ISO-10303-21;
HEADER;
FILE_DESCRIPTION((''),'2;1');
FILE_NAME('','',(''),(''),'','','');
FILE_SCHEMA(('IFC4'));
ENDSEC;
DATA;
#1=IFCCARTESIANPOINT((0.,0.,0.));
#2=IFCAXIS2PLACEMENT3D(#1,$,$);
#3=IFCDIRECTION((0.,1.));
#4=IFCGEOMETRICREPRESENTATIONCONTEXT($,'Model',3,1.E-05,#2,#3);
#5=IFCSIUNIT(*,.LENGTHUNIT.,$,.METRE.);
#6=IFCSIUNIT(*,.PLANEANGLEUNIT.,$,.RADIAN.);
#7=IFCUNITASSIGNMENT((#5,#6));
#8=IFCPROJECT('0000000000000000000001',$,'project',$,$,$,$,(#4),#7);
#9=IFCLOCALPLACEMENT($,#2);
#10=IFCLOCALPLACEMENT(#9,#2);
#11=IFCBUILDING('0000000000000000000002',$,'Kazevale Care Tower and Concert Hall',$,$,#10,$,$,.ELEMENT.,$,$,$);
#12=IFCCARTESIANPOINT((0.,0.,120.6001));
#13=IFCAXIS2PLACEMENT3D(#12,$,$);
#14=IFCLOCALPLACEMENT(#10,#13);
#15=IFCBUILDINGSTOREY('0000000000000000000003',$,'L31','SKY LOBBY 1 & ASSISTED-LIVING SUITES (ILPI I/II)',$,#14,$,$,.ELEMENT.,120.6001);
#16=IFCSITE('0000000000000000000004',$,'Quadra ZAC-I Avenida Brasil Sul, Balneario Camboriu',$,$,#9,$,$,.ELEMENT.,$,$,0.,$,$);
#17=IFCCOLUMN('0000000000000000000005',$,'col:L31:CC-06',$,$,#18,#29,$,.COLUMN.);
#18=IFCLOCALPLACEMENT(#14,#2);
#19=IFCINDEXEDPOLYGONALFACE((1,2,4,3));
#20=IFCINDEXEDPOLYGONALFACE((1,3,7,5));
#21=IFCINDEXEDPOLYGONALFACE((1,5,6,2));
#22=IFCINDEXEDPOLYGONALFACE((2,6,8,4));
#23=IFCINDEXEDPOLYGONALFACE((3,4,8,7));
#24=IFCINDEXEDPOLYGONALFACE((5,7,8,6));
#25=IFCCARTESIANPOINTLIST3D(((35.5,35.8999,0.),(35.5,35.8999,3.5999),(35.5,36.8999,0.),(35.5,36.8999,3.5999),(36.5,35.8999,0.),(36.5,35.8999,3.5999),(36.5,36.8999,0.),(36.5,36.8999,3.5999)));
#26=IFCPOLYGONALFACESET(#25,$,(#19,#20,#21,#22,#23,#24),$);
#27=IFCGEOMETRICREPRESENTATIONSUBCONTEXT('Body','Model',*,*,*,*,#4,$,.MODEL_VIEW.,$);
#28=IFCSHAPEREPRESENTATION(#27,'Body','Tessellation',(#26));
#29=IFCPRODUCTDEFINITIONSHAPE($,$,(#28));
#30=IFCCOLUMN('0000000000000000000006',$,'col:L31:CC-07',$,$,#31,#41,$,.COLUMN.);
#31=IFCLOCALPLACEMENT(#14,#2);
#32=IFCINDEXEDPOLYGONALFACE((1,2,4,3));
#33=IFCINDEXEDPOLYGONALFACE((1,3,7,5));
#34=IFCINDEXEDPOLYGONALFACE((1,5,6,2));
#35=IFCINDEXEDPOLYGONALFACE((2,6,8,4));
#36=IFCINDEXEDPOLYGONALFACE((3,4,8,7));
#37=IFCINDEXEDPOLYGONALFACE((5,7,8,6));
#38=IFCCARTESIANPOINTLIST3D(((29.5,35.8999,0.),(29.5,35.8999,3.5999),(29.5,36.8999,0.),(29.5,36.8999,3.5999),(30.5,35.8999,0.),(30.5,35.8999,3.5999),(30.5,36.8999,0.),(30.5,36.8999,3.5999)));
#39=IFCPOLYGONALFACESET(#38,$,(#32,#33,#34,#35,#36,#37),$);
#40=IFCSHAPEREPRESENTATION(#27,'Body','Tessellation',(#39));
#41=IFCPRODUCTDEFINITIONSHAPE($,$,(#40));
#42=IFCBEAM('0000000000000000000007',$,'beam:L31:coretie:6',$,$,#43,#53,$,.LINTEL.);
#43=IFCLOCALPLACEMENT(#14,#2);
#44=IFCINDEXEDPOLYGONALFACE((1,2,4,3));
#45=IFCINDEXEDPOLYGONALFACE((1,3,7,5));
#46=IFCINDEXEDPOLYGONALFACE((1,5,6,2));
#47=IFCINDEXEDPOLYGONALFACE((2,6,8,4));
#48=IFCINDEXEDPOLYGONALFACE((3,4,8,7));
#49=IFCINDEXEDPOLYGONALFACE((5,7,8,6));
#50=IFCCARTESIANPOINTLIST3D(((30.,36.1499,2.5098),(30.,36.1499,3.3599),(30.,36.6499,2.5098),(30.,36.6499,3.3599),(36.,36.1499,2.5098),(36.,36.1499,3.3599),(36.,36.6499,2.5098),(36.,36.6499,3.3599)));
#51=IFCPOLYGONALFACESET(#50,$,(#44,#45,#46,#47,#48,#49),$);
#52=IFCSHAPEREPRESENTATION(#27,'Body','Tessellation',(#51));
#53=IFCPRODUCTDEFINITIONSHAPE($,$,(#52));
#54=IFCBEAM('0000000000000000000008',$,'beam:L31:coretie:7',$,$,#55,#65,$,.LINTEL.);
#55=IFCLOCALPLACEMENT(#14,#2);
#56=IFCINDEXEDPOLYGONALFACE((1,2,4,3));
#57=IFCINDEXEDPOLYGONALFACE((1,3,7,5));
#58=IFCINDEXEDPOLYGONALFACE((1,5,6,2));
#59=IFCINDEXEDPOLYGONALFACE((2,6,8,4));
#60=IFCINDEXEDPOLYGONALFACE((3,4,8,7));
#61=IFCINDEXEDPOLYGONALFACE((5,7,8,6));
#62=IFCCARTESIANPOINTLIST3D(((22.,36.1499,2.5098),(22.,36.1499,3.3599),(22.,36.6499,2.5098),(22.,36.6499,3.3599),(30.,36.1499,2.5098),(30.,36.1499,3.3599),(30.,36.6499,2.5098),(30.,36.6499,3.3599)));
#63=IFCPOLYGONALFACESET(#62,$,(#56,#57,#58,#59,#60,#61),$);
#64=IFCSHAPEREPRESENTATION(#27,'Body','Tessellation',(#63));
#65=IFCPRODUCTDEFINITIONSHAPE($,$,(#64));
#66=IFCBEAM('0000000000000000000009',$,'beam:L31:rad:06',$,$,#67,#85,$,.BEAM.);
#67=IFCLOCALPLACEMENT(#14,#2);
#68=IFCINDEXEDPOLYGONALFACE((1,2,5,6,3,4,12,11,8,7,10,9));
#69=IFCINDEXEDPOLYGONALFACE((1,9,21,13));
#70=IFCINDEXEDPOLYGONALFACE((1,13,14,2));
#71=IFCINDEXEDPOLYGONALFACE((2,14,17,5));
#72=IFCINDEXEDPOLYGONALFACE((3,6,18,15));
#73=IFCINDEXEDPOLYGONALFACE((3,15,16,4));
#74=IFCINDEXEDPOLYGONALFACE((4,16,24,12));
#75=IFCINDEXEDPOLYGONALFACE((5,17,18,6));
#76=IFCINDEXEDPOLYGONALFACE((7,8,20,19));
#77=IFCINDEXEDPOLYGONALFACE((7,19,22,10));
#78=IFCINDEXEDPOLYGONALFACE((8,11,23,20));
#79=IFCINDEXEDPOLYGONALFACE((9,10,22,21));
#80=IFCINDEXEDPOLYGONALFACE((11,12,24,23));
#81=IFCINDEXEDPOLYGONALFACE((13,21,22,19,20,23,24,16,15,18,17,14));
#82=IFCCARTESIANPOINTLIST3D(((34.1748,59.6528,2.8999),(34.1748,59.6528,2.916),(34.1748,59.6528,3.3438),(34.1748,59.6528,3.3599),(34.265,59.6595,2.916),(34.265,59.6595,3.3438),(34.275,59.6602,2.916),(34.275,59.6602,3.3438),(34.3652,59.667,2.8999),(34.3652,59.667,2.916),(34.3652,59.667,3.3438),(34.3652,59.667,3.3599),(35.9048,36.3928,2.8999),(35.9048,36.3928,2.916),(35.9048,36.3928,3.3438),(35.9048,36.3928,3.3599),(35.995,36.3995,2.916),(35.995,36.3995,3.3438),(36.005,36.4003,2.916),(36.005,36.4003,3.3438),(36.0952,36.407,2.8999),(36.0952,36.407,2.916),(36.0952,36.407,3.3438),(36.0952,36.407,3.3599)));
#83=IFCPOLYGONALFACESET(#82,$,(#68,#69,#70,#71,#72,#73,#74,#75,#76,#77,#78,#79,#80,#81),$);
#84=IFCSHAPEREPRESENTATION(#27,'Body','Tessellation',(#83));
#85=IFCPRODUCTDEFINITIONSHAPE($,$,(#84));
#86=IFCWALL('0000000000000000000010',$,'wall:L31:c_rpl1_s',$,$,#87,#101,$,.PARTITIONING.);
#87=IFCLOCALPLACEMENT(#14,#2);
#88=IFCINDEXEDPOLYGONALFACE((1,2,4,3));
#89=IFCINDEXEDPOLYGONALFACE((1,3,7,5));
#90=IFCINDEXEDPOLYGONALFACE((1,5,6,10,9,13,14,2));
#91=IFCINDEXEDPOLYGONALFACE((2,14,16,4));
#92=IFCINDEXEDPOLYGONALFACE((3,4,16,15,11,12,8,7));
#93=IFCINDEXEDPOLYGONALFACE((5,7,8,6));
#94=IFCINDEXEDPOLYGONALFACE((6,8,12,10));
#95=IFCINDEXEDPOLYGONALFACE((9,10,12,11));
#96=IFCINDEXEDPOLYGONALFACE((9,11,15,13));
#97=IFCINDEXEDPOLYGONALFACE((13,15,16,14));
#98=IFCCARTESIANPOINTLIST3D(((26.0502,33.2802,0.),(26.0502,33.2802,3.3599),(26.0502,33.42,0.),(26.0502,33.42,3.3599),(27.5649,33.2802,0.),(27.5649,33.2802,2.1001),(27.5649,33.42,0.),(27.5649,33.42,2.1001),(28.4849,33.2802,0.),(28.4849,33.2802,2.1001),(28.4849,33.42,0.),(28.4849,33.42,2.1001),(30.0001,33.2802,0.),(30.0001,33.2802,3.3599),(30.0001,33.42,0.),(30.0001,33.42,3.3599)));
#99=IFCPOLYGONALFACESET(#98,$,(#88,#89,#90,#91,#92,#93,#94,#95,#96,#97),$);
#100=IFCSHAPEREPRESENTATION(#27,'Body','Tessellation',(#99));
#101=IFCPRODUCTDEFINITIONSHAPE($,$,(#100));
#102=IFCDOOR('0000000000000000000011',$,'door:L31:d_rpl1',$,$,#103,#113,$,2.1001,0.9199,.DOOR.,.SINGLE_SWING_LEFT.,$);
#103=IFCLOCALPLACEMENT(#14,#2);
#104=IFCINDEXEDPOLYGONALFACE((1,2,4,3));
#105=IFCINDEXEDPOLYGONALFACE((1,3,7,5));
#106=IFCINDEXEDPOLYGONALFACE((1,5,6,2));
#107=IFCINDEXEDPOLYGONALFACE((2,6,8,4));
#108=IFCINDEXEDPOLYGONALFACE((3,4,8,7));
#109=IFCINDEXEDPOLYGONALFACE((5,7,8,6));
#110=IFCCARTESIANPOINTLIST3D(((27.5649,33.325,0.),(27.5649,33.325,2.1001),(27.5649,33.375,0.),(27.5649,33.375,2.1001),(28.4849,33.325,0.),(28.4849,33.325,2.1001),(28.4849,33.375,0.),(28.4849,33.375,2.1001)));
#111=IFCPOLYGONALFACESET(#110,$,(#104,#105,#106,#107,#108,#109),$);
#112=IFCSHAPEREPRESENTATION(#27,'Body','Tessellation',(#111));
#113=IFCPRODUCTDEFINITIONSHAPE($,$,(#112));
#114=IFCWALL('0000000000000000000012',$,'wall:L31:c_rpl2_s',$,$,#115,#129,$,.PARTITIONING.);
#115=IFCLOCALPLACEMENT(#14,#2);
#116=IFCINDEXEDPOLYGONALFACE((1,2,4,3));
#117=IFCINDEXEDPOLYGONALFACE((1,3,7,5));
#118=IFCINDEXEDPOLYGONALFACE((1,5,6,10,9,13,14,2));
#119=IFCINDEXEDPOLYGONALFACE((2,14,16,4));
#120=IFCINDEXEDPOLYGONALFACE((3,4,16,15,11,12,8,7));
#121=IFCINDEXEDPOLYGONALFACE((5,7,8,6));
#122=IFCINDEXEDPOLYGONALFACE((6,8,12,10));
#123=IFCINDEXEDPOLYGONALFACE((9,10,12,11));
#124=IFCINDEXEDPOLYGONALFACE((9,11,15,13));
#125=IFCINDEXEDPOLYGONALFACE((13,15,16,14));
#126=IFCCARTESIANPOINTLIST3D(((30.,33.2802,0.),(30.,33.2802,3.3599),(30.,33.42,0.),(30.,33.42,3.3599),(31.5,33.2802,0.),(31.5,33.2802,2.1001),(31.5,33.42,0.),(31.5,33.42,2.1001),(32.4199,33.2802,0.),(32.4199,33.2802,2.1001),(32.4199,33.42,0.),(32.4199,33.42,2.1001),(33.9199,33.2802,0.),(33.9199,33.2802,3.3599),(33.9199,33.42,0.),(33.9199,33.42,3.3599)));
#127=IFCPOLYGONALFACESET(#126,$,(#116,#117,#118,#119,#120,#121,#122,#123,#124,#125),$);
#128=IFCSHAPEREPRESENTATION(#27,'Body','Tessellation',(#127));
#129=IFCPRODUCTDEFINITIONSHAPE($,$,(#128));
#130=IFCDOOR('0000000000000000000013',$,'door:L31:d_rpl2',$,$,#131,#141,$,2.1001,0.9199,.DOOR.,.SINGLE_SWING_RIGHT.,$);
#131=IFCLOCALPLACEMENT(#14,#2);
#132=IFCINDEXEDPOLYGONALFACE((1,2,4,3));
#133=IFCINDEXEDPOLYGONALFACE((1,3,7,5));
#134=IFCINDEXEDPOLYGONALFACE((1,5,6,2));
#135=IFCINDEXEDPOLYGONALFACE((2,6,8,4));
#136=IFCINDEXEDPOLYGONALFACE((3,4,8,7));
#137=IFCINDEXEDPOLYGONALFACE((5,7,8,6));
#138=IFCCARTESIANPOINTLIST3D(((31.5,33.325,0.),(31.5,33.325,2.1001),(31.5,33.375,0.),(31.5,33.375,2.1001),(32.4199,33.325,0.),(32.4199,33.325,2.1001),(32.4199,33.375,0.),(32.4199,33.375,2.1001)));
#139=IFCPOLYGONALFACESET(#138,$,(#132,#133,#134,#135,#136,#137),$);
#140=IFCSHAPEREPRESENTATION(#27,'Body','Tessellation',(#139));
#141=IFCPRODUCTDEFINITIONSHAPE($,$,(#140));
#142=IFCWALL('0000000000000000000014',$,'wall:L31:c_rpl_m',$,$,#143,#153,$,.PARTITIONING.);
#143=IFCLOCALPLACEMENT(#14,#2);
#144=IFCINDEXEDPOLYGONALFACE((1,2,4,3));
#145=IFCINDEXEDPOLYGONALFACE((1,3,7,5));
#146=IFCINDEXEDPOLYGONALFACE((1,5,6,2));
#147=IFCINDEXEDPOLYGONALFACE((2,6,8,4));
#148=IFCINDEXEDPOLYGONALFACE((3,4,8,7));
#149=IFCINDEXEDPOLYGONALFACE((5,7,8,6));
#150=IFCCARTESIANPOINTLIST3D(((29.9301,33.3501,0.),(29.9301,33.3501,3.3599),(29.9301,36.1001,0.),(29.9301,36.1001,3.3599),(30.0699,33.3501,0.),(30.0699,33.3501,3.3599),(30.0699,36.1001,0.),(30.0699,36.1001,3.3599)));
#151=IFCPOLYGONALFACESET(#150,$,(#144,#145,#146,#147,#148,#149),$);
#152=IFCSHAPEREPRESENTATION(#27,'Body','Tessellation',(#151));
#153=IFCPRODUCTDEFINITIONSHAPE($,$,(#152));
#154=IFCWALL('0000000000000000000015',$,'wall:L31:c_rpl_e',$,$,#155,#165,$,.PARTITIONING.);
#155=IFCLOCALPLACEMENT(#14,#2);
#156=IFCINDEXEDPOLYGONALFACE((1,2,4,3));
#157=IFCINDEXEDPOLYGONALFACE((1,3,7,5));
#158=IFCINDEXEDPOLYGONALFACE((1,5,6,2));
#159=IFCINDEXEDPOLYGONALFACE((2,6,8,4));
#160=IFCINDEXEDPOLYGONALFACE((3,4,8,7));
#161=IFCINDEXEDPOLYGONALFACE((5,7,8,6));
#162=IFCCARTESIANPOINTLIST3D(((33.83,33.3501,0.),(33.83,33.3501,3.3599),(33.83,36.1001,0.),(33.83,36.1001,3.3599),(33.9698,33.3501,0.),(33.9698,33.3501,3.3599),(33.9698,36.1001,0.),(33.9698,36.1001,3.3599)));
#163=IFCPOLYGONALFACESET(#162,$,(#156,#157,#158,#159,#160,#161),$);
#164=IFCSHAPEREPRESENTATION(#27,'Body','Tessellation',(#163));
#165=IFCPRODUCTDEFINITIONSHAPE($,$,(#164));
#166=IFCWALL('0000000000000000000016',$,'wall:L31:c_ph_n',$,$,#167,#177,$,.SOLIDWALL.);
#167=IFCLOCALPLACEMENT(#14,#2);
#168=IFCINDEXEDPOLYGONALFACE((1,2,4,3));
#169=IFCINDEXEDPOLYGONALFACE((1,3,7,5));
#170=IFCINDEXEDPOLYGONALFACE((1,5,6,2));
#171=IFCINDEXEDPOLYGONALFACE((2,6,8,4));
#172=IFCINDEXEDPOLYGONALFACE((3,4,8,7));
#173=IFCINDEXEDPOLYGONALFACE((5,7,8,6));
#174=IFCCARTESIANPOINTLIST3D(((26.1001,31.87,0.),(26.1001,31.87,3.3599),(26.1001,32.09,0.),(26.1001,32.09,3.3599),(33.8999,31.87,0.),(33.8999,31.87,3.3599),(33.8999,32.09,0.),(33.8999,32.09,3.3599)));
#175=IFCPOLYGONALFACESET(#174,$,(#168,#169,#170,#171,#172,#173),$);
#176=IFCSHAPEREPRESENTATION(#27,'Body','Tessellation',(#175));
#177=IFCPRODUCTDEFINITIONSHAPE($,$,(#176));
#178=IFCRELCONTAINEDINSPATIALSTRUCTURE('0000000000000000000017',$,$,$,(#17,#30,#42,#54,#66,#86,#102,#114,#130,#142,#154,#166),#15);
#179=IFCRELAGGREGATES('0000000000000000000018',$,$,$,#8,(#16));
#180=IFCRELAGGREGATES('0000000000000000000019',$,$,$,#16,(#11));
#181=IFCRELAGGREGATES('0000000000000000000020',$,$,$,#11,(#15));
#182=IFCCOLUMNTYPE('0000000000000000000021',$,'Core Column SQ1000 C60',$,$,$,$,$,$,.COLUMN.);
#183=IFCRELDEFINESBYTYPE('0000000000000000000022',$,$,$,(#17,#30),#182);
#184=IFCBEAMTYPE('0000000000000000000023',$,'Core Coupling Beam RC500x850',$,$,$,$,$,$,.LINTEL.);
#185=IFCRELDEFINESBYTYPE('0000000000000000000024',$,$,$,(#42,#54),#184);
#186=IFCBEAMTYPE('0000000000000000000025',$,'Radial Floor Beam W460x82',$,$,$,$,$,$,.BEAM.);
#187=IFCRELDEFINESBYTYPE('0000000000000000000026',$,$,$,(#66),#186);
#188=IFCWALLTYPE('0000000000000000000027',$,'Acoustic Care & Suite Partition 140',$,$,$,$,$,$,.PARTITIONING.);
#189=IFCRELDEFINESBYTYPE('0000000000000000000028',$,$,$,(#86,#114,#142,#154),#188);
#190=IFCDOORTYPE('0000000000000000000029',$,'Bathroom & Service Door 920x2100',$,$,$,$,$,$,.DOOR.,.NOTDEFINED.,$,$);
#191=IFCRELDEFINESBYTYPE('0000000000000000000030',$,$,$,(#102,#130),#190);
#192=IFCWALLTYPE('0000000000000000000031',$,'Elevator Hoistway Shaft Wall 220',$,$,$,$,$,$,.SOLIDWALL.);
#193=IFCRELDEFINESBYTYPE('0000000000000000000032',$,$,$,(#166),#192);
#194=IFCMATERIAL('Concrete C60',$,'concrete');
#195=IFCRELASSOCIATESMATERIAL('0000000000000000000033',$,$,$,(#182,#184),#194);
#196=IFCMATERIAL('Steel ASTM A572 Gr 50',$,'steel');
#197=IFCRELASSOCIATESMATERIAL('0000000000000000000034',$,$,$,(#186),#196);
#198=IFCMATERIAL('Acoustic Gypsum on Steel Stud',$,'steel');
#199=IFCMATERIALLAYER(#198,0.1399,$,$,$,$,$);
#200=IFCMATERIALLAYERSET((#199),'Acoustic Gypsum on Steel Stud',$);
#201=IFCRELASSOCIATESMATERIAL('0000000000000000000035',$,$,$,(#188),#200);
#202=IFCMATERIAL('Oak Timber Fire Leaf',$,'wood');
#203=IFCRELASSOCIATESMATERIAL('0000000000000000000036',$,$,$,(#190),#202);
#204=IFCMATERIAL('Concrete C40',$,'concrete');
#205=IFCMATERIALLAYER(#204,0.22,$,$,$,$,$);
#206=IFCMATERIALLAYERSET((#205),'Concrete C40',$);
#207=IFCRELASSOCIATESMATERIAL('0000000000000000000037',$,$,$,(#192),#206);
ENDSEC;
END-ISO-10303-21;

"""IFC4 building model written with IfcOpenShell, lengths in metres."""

from ifc_helpers import new_model, si_unit, direction, frame, frame_2d, origin, origin_2d, place, context, subcontext, project, spatial, rectangle, i_section, extrude, material, layer, layer_set, material_profile, profile_set, type_object, element, fill, save


model = new_model("IFC4")

# Units and contexts
model_context = context("Model", 3, precision=1e-05, world=origin(), true_north=direction((0.0, 1.0)))
body_context = subcontext(model_context, "Body", "Model", "MODEL_VIEW")
ifc_project = project(units=[si_unit("LENGTHUNIT", "METRE"), si_unit("PLANEANGLEUNIT", "RADIAN")], contexts=[model_context])

# Site, building, storey
site_placement = place(None, origin())
site = spatial("IfcSite", under=ifc_project, at=site_placement, Name="Quadra ZAC-I Avenida Brasil Sul, Balneario Camboriu", CompositionType="ELEMENT", RefElevation=0.0)
building_placement = place(site_placement, origin())
building = spatial("IfcBuilding", under=site, at=building_placement, Name="Kazevale Care Tower and Concert Hall", CompositionType="ELEMENT")
storey_placement = place(building_placement, frame((0.0, 0.0, 120.6001)))
storey = spatial("IfcBuildingStorey", under=building, at=storey_placement, Name="L31", Description="SKY LOBBY 1 & ASSISTED-LIVING SUITES (ILPI I/II)", CompositionType="ELEMENT", Elevation=120.6001)

# Columns
ifc_material_1 = material(Name="Concrete C60", Category="concrete")
ifc_material_profile_1 = material_profile(ifc_material_1, rectangle(XDim=1.0, YDim=1.0, at=origin_2d()), Name="RC-SQ1000")
ifc_profile_set_1 = profile_set([ifc_material_profile_1], Name="Concrete C60")
column_type = type_object("IfcColumnType", Name="Core Column SQ1000 C60", PredefinedType="COLUMN", material=ifc_profile_set_1)
for number, where, z_axis, x_axis, name in (
    (1, (36.0, 36.3999, 0.0), (0.0, 0.0, 1.0), (1.0, 0.0, 0.0), "col:L31:CC-06"),
    (2, (30.0, 36.3999, 0.0), (0.0, 0.0, 1.0), (1.0, 0.0, 0.0), "col:L31:CC-07"),
):
    element("IfcColumn", number, at=place(storey_placement, frame(where, z_axis=z_axis, x_axis=x_axis)), inside=storey, type_object=column_type, Name=name, PredefinedType="COLUMN", context=body_context, shape_type="SweptSolid", body=[
        extrude(rectangle(XDim=1.0, YDim=1.0, at=origin_2d()), origin(), (0.0, 0.0, 1.0), 3.5999),
    ])

# Beams
ifc_material_profile_2 = material_profile(ifc_material_1, rectangle(XDim=0.5, YDim=0.8501, at=origin_2d()), Name="RC-B500x850")
ifc_profile_set_2 = profile_set([ifc_material_profile_2], Name="Concrete C60")
beam_type_1 = type_object("IfcBeamType", Name="Core Coupling Beam RC500x850", PredefinedType="LINTEL", material=ifc_profile_set_2)
beam_1_placement = place(storey_placement, frame((36.0, 36.3999, 2.9348), z_axis=(-1.0, 0.0, 0.0), x_axis=(0.0, -1.0, 0.0)))
element("IfcBeam", 3, at=beam_1_placement, inside=storey, type_object=beam_type_1, Name="beam:L31:coretie:6", PredefinedType="LINTEL", context=body_context, shape_type="SweptSolid", body=[
    extrude(rectangle(XDim=0.5, YDim=0.8501, at=origin_2d()), origin(), (0.0, 0.0, 1.0), 6.0),
])
beam_2_placement = place(storey_placement, frame((30.0, 36.3999, 2.9348), z_axis=(-1.0, 0.0, 0.0), x_axis=(0.0, -1.0, 0.0)))
element("IfcBeam", 4, at=beam_2_placement, inside=storey, type_object=beam_type_1, Name="beam:L31:coretie:7", PredefinedType="LINTEL", context=body_context, shape_type="SweptSolid", body=[
    extrude(rectangle(XDim=0.5, YDim=0.8501, at=origin_2d()), origin(), (0.0, 0.0, 1.0), 8.0),
])
ifc_material_2 = material(Name="Steel ASTM A572 Gr 50", Category="steel")
ifc_material_profile_3 = material_profile(ifc_material_2, i_section(OverallWidth=0.1909, OverallDepth=0.46, WebThickness=0.01, FlangeThickness=0.0161, at=origin_2d()), Name="W460x82")
ifc_profile_set_3 = profile_set([ifc_material_profile_3], Name="Steel ASTM A572 Gr 50")
beam_type_2 = type_object("IfcBeamType", Name="Radial Floor Beam W460x82", PredefinedType="BEAM", material=ifc_profile_set_3)
beam_3_placement = place(storey_placement, frame((36.0, 36.3999, 3.1299), z_axis=(-0.074171, 0.997246, 0.0), x_axis=(-0.997246, -0.074171, 0.0)))
element("IfcBeam", 5, at=beam_3_placement, inside=storey, type_object=beam_type_2, Name="beam:L31:rad:06", PredefinedType="BEAM", context=body_context, shape_type="SweptSolid", body=[
    extrude(i_section(OverallWidth=0.1909, OverallDepth=0.46, WebThickness=0.01, FlangeThickness=0.0161, at=origin_2d()), origin(), (0.0, 0.0, 1.0), 23.3242),
])

# Walls, openings, doors
ifc_material_3 = material(Name="Acoustic Gypsum on Steel Stud", Category="steel")
ifc_layer_1 = layer(ifc_material_3, 0.1399)
ifc_layer_set_1 = layer_set([ifc_layer_1], Name="Acoustic Gypsum on Steel Stud")
wall_type_1 = type_object("IfcWallType", Name="Acoustic Care & Suite Partition 140", PredefinedType="PARTITIONING", material=ifc_layer_set_1)
wall_1_placement = place(storey_placement, frame((26.05, 33.3501, 0.0), z_axis=(0.0, 0.0, 1.0), x_axis=(1.0, 0.0, 0.0)))
wall_1 = element("IfcWall", 6, at=wall_1_placement, inside=storey, type_object=wall_type_1, Name="wall:L31:c_rpl1_s", PredefinedType="PARTITIONING", context=body_context, shape_type="SweptSolid", body=[
    extrude(rectangle(XDim=3.95, YDim=0.1399, at=frame_2d((1.9751, 0.0))), origin(), (0.0, 0.0, 1.0), 3.3599),
])
opening_1_placement = place(wall_1_placement, frame((1.5149, 0.0, 0.0)))
opening_1 = element("IfcOpeningElement", 7, at=opening_1_placement, cuts=wall_1, PredefinedType="OPENING", context=body_context, shape_type="SweptSolid", body=[
    extrude(rectangle(XDim=0.9199, YDim=2.1001, at=frame_2d((0.46, 1.05))), frame((0.0, 0.0798, 0.0), z_axis=(0.0, -1.0, 0.0), x_axis=(1.0, 0.0, 0.0)), (0.0, 0.0, 1.0), 0.1599),
])
ifc_material_4 = material(Name="Oak Timber Fire Leaf", Category="wood")
door_type_1 = type_object("IfcDoorType", Name="Bathroom & Service Door 920x2100", OperationType="NOTDEFINED", PredefinedType="DOOR", material=ifc_material_4)
door_1_placement = place(opening_1_placement, origin())
door_1 = element("IfcDoor", 8, at=door_1_placement, inside=storey, type_object=door_type_1, Name="door:L31:d_rpl1", OperationType="SINGLE_SWING_LEFT", OverallHeight=2.1001, OverallWidth=0.9199, PredefinedType="DOOR", context=body_context, shape_type="SweptSolid", body=[
    extrude(rectangle(XDim=0.9199, YDim=2.1001, at=frame_2d((0.46, 1.05))), frame((0.0, 0.0249, 0.0), z_axis=(0.0, -1.0, 0.0), x_axis=(1.0, 0.0, 0.0)), (0.0, 0.0, 1.0), 0.05),
])
fill(opening_1, door_1)
wall_2_placement = place(storey_placement, frame((30.0, 33.3501, 0.0), z_axis=(0.0, 0.0, 1.0), x_axis=(1.0, 0.0, 0.0)))
wall_2 = element("IfcWall", 9, at=wall_2_placement, inside=storey, type_object=wall_type_1, Name="wall:L31:c_rpl2_s", PredefinedType="PARTITIONING", context=body_context, shape_type="SweptSolid", body=[
    extrude(rectangle(XDim=3.9199, YDim=0.1399, at=frame_2d((1.96, 0.0))), origin(), (0.0, 0.0, 1.0), 3.3599),
])
opening_2_placement = place(wall_2_placement, frame((1.5, 0.0, 0.0)))
opening_2 = element("IfcOpeningElement", 10, at=opening_2_placement, cuts=wall_2, PredefinedType="OPENING", context=body_context, shape_type="SweptSolid", body=[
    extrude(rectangle(XDim=0.9199, YDim=2.1001, at=frame_2d((0.46, 1.05))), frame((0.0, 0.0798, 0.0), z_axis=(0.0, -1.0, 0.0), x_axis=(1.0, 0.0, 0.0)), (0.0, 0.0, 1.0), 0.1599),
])
door_2_placement = place(opening_2_placement, origin())
door_2 = element("IfcDoor", 11, at=door_2_placement, inside=storey, type_object=door_type_1, Name="door:L31:d_rpl2", OperationType="SINGLE_SWING_RIGHT", OverallHeight=2.1001, OverallWidth=0.9199, PredefinedType="DOOR", context=body_context, shape_type="SweptSolid", body=[
    extrude(rectangle(XDim=0.9199, YDim=2.1001, at=frame_2d((0.46, 1.05))), frame((0.0, 0.0249, 0.0), z_axis=(0.0, -1.0, 0.0), x_axis=(1.0, 0.0, 0.0)), (0.0, 0.0, 1.0), 0.05),
])
fill(opening_2, door_2)

# Walls
for number, where, z_axis, x_axis, name in (
    (12, (30.0, 33.3501, 0.0), (0.0, 0.0, 1.0), (0.0, 1.0, 0.0), "wall:L31:c_rpl_m"),
    (13, (33.8999, 33.3501, 0.0), (0.0, 0.0, 1.0), (0.0, 1.0, 0.0), "wall:L31:c_rpl_e"),
):
    element("IfcWall", number, at=place(storey_placement, frame(where, z_axis=z_axis, x_axis=x_axis)), inside=storey, type_object=wall_type_1, Name=name, PredefinedType="PARTITIONING", context=body_context, shape_type="SweptSolid", body=[
        extrude(rectangle(XDim=2.75, YDim=0.1399, at=frame_2d((1.375, 0.0))), origin(), (0.0, 0.0, 1.0), 3.3599),
    ])
ifc_material_5 = material(Name="Concrete C40", Category="concrete")
ifc_layer_2 = layer(ifc_material_5, 0.22)
ifc_layer_set_2 = layer_set([ifc_layer_2], Name="Concrete C40")
wall_type_2 = type_object("IfcWallType", Name="Elevator Hoistway Shaft Wall 220", PredefinedType="SOLIDWALL", material=ifc_layer_set_2)
wall_3_placement = place(storey_placement, frame((26.1001, 31.98, 0.0), z_axis=(0.0, 0.0, 1.0), x_axis=(1.0, 0.0, 0.0)))
element("IfcWall", 14, at=wall_3_placement, inside=storey, type_object=wall_type_2, Name="wall:L31:c_ph_n", PredefinedType="SOLIDWALL", context=body_context, shape_type="SweptSolid", body=[
    extrude(rectangle(XDim=7.7998, YDim=0.22, at=frame_2d((3.8999, 0.0))), origin(), (0.0, 0.0, 1.0), 3.3599),
])

save(model, "model.ifc")
